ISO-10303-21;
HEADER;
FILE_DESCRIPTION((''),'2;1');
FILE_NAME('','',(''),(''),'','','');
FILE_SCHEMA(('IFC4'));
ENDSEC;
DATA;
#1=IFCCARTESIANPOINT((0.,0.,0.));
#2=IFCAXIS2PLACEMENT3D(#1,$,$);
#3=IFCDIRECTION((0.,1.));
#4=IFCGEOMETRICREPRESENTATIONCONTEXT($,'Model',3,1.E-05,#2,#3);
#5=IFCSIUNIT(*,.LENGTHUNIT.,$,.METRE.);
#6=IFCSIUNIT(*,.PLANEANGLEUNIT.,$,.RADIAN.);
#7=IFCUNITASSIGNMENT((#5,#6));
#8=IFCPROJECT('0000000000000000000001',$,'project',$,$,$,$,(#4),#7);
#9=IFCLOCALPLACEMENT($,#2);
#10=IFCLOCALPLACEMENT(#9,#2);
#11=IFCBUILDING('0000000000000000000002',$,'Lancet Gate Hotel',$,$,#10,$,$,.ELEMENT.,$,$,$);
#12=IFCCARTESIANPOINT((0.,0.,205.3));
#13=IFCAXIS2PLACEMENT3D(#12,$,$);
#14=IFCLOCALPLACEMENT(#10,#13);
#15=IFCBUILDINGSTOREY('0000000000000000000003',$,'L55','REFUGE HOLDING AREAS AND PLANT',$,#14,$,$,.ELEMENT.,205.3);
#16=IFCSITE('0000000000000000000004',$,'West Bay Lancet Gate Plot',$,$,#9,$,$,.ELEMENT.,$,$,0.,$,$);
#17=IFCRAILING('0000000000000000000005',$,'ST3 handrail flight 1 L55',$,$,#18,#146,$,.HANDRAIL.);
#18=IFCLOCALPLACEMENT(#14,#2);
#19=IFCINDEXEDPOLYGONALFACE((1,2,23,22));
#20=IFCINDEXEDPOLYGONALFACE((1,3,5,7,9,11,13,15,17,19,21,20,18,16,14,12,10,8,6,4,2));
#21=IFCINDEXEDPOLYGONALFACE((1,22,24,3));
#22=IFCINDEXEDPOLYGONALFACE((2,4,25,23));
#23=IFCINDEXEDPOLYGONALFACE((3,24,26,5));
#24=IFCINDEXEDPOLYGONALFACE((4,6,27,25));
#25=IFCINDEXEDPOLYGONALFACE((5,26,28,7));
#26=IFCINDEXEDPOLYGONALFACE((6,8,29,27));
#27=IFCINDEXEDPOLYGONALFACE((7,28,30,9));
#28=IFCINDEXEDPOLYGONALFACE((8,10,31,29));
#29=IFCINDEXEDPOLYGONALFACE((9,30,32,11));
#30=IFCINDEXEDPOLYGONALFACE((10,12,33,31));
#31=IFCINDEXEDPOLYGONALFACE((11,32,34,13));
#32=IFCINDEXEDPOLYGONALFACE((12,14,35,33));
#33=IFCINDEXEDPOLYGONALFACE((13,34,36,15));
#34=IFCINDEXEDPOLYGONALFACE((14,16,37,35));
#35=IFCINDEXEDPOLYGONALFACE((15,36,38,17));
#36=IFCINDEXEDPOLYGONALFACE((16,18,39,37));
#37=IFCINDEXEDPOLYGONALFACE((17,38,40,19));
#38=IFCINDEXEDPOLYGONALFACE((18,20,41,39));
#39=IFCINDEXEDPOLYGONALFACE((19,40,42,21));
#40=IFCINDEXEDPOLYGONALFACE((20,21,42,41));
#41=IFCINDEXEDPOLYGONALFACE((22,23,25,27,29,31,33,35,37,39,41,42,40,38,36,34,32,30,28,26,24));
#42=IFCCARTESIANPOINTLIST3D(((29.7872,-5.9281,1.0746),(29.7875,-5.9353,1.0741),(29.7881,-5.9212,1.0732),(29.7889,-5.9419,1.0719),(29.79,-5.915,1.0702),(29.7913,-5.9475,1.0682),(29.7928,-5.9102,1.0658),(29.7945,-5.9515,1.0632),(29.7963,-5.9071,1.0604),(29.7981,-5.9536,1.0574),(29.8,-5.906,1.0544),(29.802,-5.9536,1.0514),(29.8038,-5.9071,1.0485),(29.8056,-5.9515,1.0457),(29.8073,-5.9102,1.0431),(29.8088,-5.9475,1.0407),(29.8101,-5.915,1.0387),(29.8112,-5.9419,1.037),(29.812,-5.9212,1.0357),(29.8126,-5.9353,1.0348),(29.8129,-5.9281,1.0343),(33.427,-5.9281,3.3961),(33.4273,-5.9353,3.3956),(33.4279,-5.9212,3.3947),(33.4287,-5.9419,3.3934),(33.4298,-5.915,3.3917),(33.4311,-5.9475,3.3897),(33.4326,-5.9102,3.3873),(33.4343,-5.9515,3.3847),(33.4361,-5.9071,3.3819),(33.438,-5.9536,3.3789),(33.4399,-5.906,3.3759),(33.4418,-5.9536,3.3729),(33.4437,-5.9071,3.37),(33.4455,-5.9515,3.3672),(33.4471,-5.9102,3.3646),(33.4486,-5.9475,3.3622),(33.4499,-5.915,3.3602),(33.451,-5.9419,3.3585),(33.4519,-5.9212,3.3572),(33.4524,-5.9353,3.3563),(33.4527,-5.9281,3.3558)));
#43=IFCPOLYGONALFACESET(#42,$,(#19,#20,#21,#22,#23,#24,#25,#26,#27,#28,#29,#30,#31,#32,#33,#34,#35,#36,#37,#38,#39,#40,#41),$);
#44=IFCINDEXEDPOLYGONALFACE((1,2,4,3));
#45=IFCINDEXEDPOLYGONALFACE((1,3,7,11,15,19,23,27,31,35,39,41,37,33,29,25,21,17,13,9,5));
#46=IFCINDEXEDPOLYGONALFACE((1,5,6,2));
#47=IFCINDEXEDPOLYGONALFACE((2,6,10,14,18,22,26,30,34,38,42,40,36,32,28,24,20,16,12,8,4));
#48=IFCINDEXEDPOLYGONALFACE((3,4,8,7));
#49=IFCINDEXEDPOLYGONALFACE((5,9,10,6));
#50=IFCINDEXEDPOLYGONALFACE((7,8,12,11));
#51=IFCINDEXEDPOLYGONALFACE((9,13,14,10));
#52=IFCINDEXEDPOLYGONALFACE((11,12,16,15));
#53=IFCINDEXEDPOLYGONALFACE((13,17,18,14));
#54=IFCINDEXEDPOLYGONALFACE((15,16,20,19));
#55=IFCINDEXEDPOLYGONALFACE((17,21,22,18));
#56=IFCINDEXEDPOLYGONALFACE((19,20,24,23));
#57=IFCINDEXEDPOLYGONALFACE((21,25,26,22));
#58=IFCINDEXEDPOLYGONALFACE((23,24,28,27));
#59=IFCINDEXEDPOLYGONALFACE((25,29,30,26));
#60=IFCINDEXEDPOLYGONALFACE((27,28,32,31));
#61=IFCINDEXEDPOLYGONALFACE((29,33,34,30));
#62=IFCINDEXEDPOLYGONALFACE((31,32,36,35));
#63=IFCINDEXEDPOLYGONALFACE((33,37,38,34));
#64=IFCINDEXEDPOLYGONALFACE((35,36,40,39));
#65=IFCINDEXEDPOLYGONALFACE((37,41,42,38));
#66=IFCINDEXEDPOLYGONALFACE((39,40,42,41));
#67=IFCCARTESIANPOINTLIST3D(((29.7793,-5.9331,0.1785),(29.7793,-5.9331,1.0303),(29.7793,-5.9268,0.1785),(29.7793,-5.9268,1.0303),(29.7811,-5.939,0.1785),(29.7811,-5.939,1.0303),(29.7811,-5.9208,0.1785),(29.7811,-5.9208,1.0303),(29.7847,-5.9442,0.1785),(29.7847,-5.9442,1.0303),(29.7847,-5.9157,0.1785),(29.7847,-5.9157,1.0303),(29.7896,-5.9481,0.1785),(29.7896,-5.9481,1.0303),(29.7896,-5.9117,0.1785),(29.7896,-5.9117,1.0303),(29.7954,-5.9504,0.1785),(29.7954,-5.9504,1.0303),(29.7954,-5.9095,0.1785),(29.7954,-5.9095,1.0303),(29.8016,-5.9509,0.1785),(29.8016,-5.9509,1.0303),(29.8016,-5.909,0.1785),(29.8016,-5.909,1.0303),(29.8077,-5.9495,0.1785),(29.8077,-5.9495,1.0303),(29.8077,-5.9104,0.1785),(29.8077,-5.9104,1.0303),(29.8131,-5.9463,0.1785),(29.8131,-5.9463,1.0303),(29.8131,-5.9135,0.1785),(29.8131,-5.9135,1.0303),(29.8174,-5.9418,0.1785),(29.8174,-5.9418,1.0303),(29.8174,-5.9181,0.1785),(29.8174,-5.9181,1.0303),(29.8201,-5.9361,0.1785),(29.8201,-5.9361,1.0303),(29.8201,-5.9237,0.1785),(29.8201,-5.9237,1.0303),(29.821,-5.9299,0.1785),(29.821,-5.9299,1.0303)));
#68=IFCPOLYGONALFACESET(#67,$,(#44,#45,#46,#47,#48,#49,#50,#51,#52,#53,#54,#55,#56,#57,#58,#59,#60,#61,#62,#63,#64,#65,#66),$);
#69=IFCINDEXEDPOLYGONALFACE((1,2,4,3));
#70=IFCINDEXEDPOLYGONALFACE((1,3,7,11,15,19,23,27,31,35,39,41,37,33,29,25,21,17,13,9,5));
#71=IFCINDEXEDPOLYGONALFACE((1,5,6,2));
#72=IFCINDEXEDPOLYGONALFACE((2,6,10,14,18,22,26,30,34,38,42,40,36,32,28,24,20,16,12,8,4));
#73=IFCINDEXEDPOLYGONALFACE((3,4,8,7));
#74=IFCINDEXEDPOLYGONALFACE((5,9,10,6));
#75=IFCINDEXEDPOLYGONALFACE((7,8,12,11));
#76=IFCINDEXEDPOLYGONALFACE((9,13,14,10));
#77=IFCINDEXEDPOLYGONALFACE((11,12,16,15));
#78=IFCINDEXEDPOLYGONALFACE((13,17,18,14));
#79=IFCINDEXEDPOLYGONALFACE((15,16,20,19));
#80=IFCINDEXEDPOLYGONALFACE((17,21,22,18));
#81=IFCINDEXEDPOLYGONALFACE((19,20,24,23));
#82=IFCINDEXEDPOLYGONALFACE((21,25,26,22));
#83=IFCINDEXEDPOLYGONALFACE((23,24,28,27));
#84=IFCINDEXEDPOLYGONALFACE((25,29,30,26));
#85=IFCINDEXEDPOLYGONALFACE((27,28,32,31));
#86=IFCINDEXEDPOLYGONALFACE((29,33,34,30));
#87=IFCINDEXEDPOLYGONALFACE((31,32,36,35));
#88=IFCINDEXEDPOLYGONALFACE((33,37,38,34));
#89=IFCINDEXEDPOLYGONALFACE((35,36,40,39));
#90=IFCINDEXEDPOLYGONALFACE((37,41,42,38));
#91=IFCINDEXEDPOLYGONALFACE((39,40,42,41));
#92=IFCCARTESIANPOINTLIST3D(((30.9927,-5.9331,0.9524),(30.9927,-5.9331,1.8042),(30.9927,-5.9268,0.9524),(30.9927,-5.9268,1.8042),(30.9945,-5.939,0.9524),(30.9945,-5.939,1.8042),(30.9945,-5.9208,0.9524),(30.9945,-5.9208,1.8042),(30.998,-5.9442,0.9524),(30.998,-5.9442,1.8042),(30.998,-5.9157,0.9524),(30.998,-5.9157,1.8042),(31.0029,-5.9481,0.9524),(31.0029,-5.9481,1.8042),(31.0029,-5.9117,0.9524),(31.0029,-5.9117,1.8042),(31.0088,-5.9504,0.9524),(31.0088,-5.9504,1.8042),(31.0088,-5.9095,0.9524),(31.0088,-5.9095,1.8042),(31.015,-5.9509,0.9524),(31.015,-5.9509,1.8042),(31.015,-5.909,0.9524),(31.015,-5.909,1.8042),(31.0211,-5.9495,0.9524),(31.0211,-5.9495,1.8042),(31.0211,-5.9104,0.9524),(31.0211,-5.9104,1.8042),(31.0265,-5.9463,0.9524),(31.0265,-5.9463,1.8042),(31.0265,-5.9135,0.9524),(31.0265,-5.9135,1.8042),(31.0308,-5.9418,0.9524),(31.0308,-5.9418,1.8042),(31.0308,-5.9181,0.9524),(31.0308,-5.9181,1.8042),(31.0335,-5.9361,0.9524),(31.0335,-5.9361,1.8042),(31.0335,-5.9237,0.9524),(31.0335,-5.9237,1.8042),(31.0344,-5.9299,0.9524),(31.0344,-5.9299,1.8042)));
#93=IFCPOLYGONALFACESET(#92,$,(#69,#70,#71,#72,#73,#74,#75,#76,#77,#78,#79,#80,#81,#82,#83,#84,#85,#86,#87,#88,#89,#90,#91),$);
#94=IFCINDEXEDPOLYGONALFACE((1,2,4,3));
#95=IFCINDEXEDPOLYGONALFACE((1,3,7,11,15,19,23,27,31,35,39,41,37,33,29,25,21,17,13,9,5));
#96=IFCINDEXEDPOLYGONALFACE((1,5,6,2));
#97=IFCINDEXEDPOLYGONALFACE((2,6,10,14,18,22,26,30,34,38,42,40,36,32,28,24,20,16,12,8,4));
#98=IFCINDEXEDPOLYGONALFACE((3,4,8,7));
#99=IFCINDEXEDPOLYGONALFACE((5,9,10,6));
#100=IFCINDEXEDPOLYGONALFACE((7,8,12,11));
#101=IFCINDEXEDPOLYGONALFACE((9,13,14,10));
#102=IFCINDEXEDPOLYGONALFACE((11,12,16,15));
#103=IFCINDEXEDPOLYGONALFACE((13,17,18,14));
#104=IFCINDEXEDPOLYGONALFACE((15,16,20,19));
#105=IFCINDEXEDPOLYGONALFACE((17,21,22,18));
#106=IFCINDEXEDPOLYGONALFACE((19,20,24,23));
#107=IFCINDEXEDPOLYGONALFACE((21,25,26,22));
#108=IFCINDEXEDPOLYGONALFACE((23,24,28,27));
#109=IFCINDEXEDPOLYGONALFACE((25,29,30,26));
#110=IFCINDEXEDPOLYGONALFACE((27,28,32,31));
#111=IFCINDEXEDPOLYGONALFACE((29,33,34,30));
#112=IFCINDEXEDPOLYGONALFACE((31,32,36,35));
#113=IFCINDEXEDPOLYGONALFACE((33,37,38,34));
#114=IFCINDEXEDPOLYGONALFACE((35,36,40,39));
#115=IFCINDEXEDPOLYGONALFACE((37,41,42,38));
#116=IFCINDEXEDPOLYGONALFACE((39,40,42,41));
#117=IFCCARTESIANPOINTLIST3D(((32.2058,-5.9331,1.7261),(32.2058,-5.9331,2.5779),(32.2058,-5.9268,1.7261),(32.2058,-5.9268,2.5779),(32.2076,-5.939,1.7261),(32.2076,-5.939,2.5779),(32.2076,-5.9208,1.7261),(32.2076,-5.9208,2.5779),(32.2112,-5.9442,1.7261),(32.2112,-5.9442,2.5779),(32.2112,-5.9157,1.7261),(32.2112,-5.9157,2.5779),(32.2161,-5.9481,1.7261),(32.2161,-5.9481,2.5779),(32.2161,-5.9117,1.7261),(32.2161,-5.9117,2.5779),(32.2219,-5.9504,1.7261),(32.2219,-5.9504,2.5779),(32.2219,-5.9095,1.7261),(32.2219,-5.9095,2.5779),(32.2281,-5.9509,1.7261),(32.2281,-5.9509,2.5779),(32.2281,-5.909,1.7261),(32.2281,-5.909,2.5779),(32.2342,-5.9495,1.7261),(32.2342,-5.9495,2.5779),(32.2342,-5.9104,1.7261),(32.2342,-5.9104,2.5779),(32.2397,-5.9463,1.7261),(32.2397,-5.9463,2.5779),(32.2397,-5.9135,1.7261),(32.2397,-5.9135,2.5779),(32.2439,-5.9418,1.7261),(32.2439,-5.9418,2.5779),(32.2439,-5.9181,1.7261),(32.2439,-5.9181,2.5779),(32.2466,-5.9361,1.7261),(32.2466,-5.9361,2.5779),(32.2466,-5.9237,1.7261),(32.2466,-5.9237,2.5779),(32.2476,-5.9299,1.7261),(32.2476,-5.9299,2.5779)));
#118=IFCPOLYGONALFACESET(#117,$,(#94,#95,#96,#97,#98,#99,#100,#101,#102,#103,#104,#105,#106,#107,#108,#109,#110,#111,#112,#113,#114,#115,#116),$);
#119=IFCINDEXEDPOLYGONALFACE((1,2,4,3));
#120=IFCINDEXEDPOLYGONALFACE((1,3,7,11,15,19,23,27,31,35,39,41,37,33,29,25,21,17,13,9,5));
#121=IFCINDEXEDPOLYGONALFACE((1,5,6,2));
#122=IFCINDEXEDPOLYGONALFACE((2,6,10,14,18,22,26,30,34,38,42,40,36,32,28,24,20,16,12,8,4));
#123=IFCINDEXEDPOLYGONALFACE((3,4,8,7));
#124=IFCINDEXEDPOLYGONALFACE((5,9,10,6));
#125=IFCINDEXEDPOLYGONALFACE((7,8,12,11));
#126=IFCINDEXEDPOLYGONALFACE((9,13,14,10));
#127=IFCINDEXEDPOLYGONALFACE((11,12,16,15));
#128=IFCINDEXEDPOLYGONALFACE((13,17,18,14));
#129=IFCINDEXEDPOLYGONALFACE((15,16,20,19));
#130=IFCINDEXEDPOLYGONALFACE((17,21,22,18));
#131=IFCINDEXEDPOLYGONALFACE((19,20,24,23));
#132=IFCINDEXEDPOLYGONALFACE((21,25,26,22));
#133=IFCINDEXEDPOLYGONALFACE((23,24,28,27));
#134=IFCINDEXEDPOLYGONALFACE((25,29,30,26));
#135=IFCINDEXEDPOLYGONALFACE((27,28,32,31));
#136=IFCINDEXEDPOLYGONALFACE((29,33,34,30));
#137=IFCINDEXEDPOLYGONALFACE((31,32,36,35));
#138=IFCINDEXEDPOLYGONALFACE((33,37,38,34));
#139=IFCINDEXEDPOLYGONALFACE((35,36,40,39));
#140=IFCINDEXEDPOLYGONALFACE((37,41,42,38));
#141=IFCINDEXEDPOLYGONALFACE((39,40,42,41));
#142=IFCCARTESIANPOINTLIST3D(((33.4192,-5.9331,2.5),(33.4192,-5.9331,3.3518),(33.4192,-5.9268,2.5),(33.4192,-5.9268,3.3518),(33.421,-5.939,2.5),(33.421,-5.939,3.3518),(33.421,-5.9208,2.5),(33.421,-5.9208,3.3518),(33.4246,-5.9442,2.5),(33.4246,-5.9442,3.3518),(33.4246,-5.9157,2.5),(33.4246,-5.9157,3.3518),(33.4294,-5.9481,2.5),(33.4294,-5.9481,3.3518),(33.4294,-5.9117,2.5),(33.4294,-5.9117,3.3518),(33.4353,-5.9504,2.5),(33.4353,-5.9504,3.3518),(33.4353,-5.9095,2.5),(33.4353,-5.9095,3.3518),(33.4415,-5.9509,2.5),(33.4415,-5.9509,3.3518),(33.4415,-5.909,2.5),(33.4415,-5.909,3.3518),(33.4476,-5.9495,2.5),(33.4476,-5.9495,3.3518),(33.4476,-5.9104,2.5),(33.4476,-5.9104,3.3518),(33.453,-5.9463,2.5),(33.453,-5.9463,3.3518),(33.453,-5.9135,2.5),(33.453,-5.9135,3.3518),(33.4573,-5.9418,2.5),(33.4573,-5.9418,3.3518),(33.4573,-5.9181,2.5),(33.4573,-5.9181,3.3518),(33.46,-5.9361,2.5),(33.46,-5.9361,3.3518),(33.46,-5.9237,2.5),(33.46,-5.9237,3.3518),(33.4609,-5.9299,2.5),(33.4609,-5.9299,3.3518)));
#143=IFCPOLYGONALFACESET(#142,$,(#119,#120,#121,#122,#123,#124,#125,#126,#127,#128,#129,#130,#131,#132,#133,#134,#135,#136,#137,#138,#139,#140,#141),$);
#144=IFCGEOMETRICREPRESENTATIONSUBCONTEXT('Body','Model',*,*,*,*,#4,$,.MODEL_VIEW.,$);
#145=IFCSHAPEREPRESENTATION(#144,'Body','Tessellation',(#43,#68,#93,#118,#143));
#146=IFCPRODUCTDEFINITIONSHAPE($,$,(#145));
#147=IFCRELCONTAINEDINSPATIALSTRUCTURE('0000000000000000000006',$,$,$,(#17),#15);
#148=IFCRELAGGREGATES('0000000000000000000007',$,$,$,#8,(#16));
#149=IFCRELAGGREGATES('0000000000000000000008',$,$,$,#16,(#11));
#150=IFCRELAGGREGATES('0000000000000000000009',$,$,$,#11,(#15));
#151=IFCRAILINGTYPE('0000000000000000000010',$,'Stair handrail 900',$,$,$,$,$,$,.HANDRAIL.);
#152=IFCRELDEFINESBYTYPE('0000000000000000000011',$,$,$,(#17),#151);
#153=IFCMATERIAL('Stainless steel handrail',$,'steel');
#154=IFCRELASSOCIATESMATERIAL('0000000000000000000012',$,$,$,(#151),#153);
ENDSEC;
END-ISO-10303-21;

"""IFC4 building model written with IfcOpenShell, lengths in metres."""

from ifc_helpers import new_model, si_unit, direction, frame, origin, origin_2d, place, context, subcontext, project, spatial, circle, extrude, material, type_object, element, save


model = new_model("IFC4")

# Units and contexts
model_context = context("Model", 3, precision=1e-05, world=origin(), true_north=direction((0.0, 1.0)))
body_context = subcontext(model_context, "Body", "Model", "MODEL_VIEW")
ifc_project = project(units=[si_unit("LENGTHUNIT", "METRE"), si_unit("PLANEANGLEUNIT", "RADIAN")], contexts=[model_context])

# Site, building, storey
site_placement = place(None, origin())
site = spatial("IfcSite", under=ifc_project, at=site_placement, Name="West Bay Lancet Gate Plot", CompositionType="ELEMENT", RefElevation=0.0)
building_placement = place(site_placement, origin())
building = spatial("IfcBuilding", under=site, at=building_placement, Name="Lancet Gate Hotel", CompositionType="ELEMENT")
storey_placement = place(building_placement, frame((0.0, 0.0, 205.3)))
storey = spatial("IfcBuildingStorey", under=building, at=storey_placement, Name="L55", Description="REFUGE HOLDING AREAS AND PLANT", CompositionType="ELEMENT", Elevation=205.3)

# Railing
ifc_material_1 = material(Name="Stainless steel handrail", Category="steel")
railing_type = type_object("IfcRailingType", Name="Stair handrail 900", PredefinedType="HANDRAIL", material=ifc_material_1)
railing_1_placement = place(storey_placement, frame((29.8, -5.9299, 0.1785)))
element("IfcRailing", 1, at=railing_1_placement, inside=storey, type_object=railing_type, Name="ST3 handrail flight 1 L55", PredefinedType="HANDRAIL", context=body_context, shape_type="SweptSolid", body=[
    extrude(circle(Radius=0.0239, at=origin_2d()), frame((0.0, 0.0, 0.876), z_axis=(0.843112, 0.0, 0.537739), x_axis=(0.0, 1.0, 0.0)), (0.0, 0.0, 1.0), 4.3171),
    extrude(circle(Radius=0.021, at=origin_2d()), origin(), (0.0, 0.0, 1.0), 0.8518),
    extrude(circle(Radius=0.021, at=origin_2d()), frame((1.2134, 0.0, 0.7739)), (0.0, 0.0, 1.0), 0.8518),
    extrude(circle(Radius=0.021, at=origin_2d()), frame((2.4265, 0.0, 1.5476)), (0.0, 0.0, 1.0), 0.8518),
    extrude(circle(Radius=0.021, at=origin_2d()), frame((3.6399, 0.0, 2.3215)), (0.0, 0.0, 1.0), 0.8518),
])

save(model, "model.ifc")
